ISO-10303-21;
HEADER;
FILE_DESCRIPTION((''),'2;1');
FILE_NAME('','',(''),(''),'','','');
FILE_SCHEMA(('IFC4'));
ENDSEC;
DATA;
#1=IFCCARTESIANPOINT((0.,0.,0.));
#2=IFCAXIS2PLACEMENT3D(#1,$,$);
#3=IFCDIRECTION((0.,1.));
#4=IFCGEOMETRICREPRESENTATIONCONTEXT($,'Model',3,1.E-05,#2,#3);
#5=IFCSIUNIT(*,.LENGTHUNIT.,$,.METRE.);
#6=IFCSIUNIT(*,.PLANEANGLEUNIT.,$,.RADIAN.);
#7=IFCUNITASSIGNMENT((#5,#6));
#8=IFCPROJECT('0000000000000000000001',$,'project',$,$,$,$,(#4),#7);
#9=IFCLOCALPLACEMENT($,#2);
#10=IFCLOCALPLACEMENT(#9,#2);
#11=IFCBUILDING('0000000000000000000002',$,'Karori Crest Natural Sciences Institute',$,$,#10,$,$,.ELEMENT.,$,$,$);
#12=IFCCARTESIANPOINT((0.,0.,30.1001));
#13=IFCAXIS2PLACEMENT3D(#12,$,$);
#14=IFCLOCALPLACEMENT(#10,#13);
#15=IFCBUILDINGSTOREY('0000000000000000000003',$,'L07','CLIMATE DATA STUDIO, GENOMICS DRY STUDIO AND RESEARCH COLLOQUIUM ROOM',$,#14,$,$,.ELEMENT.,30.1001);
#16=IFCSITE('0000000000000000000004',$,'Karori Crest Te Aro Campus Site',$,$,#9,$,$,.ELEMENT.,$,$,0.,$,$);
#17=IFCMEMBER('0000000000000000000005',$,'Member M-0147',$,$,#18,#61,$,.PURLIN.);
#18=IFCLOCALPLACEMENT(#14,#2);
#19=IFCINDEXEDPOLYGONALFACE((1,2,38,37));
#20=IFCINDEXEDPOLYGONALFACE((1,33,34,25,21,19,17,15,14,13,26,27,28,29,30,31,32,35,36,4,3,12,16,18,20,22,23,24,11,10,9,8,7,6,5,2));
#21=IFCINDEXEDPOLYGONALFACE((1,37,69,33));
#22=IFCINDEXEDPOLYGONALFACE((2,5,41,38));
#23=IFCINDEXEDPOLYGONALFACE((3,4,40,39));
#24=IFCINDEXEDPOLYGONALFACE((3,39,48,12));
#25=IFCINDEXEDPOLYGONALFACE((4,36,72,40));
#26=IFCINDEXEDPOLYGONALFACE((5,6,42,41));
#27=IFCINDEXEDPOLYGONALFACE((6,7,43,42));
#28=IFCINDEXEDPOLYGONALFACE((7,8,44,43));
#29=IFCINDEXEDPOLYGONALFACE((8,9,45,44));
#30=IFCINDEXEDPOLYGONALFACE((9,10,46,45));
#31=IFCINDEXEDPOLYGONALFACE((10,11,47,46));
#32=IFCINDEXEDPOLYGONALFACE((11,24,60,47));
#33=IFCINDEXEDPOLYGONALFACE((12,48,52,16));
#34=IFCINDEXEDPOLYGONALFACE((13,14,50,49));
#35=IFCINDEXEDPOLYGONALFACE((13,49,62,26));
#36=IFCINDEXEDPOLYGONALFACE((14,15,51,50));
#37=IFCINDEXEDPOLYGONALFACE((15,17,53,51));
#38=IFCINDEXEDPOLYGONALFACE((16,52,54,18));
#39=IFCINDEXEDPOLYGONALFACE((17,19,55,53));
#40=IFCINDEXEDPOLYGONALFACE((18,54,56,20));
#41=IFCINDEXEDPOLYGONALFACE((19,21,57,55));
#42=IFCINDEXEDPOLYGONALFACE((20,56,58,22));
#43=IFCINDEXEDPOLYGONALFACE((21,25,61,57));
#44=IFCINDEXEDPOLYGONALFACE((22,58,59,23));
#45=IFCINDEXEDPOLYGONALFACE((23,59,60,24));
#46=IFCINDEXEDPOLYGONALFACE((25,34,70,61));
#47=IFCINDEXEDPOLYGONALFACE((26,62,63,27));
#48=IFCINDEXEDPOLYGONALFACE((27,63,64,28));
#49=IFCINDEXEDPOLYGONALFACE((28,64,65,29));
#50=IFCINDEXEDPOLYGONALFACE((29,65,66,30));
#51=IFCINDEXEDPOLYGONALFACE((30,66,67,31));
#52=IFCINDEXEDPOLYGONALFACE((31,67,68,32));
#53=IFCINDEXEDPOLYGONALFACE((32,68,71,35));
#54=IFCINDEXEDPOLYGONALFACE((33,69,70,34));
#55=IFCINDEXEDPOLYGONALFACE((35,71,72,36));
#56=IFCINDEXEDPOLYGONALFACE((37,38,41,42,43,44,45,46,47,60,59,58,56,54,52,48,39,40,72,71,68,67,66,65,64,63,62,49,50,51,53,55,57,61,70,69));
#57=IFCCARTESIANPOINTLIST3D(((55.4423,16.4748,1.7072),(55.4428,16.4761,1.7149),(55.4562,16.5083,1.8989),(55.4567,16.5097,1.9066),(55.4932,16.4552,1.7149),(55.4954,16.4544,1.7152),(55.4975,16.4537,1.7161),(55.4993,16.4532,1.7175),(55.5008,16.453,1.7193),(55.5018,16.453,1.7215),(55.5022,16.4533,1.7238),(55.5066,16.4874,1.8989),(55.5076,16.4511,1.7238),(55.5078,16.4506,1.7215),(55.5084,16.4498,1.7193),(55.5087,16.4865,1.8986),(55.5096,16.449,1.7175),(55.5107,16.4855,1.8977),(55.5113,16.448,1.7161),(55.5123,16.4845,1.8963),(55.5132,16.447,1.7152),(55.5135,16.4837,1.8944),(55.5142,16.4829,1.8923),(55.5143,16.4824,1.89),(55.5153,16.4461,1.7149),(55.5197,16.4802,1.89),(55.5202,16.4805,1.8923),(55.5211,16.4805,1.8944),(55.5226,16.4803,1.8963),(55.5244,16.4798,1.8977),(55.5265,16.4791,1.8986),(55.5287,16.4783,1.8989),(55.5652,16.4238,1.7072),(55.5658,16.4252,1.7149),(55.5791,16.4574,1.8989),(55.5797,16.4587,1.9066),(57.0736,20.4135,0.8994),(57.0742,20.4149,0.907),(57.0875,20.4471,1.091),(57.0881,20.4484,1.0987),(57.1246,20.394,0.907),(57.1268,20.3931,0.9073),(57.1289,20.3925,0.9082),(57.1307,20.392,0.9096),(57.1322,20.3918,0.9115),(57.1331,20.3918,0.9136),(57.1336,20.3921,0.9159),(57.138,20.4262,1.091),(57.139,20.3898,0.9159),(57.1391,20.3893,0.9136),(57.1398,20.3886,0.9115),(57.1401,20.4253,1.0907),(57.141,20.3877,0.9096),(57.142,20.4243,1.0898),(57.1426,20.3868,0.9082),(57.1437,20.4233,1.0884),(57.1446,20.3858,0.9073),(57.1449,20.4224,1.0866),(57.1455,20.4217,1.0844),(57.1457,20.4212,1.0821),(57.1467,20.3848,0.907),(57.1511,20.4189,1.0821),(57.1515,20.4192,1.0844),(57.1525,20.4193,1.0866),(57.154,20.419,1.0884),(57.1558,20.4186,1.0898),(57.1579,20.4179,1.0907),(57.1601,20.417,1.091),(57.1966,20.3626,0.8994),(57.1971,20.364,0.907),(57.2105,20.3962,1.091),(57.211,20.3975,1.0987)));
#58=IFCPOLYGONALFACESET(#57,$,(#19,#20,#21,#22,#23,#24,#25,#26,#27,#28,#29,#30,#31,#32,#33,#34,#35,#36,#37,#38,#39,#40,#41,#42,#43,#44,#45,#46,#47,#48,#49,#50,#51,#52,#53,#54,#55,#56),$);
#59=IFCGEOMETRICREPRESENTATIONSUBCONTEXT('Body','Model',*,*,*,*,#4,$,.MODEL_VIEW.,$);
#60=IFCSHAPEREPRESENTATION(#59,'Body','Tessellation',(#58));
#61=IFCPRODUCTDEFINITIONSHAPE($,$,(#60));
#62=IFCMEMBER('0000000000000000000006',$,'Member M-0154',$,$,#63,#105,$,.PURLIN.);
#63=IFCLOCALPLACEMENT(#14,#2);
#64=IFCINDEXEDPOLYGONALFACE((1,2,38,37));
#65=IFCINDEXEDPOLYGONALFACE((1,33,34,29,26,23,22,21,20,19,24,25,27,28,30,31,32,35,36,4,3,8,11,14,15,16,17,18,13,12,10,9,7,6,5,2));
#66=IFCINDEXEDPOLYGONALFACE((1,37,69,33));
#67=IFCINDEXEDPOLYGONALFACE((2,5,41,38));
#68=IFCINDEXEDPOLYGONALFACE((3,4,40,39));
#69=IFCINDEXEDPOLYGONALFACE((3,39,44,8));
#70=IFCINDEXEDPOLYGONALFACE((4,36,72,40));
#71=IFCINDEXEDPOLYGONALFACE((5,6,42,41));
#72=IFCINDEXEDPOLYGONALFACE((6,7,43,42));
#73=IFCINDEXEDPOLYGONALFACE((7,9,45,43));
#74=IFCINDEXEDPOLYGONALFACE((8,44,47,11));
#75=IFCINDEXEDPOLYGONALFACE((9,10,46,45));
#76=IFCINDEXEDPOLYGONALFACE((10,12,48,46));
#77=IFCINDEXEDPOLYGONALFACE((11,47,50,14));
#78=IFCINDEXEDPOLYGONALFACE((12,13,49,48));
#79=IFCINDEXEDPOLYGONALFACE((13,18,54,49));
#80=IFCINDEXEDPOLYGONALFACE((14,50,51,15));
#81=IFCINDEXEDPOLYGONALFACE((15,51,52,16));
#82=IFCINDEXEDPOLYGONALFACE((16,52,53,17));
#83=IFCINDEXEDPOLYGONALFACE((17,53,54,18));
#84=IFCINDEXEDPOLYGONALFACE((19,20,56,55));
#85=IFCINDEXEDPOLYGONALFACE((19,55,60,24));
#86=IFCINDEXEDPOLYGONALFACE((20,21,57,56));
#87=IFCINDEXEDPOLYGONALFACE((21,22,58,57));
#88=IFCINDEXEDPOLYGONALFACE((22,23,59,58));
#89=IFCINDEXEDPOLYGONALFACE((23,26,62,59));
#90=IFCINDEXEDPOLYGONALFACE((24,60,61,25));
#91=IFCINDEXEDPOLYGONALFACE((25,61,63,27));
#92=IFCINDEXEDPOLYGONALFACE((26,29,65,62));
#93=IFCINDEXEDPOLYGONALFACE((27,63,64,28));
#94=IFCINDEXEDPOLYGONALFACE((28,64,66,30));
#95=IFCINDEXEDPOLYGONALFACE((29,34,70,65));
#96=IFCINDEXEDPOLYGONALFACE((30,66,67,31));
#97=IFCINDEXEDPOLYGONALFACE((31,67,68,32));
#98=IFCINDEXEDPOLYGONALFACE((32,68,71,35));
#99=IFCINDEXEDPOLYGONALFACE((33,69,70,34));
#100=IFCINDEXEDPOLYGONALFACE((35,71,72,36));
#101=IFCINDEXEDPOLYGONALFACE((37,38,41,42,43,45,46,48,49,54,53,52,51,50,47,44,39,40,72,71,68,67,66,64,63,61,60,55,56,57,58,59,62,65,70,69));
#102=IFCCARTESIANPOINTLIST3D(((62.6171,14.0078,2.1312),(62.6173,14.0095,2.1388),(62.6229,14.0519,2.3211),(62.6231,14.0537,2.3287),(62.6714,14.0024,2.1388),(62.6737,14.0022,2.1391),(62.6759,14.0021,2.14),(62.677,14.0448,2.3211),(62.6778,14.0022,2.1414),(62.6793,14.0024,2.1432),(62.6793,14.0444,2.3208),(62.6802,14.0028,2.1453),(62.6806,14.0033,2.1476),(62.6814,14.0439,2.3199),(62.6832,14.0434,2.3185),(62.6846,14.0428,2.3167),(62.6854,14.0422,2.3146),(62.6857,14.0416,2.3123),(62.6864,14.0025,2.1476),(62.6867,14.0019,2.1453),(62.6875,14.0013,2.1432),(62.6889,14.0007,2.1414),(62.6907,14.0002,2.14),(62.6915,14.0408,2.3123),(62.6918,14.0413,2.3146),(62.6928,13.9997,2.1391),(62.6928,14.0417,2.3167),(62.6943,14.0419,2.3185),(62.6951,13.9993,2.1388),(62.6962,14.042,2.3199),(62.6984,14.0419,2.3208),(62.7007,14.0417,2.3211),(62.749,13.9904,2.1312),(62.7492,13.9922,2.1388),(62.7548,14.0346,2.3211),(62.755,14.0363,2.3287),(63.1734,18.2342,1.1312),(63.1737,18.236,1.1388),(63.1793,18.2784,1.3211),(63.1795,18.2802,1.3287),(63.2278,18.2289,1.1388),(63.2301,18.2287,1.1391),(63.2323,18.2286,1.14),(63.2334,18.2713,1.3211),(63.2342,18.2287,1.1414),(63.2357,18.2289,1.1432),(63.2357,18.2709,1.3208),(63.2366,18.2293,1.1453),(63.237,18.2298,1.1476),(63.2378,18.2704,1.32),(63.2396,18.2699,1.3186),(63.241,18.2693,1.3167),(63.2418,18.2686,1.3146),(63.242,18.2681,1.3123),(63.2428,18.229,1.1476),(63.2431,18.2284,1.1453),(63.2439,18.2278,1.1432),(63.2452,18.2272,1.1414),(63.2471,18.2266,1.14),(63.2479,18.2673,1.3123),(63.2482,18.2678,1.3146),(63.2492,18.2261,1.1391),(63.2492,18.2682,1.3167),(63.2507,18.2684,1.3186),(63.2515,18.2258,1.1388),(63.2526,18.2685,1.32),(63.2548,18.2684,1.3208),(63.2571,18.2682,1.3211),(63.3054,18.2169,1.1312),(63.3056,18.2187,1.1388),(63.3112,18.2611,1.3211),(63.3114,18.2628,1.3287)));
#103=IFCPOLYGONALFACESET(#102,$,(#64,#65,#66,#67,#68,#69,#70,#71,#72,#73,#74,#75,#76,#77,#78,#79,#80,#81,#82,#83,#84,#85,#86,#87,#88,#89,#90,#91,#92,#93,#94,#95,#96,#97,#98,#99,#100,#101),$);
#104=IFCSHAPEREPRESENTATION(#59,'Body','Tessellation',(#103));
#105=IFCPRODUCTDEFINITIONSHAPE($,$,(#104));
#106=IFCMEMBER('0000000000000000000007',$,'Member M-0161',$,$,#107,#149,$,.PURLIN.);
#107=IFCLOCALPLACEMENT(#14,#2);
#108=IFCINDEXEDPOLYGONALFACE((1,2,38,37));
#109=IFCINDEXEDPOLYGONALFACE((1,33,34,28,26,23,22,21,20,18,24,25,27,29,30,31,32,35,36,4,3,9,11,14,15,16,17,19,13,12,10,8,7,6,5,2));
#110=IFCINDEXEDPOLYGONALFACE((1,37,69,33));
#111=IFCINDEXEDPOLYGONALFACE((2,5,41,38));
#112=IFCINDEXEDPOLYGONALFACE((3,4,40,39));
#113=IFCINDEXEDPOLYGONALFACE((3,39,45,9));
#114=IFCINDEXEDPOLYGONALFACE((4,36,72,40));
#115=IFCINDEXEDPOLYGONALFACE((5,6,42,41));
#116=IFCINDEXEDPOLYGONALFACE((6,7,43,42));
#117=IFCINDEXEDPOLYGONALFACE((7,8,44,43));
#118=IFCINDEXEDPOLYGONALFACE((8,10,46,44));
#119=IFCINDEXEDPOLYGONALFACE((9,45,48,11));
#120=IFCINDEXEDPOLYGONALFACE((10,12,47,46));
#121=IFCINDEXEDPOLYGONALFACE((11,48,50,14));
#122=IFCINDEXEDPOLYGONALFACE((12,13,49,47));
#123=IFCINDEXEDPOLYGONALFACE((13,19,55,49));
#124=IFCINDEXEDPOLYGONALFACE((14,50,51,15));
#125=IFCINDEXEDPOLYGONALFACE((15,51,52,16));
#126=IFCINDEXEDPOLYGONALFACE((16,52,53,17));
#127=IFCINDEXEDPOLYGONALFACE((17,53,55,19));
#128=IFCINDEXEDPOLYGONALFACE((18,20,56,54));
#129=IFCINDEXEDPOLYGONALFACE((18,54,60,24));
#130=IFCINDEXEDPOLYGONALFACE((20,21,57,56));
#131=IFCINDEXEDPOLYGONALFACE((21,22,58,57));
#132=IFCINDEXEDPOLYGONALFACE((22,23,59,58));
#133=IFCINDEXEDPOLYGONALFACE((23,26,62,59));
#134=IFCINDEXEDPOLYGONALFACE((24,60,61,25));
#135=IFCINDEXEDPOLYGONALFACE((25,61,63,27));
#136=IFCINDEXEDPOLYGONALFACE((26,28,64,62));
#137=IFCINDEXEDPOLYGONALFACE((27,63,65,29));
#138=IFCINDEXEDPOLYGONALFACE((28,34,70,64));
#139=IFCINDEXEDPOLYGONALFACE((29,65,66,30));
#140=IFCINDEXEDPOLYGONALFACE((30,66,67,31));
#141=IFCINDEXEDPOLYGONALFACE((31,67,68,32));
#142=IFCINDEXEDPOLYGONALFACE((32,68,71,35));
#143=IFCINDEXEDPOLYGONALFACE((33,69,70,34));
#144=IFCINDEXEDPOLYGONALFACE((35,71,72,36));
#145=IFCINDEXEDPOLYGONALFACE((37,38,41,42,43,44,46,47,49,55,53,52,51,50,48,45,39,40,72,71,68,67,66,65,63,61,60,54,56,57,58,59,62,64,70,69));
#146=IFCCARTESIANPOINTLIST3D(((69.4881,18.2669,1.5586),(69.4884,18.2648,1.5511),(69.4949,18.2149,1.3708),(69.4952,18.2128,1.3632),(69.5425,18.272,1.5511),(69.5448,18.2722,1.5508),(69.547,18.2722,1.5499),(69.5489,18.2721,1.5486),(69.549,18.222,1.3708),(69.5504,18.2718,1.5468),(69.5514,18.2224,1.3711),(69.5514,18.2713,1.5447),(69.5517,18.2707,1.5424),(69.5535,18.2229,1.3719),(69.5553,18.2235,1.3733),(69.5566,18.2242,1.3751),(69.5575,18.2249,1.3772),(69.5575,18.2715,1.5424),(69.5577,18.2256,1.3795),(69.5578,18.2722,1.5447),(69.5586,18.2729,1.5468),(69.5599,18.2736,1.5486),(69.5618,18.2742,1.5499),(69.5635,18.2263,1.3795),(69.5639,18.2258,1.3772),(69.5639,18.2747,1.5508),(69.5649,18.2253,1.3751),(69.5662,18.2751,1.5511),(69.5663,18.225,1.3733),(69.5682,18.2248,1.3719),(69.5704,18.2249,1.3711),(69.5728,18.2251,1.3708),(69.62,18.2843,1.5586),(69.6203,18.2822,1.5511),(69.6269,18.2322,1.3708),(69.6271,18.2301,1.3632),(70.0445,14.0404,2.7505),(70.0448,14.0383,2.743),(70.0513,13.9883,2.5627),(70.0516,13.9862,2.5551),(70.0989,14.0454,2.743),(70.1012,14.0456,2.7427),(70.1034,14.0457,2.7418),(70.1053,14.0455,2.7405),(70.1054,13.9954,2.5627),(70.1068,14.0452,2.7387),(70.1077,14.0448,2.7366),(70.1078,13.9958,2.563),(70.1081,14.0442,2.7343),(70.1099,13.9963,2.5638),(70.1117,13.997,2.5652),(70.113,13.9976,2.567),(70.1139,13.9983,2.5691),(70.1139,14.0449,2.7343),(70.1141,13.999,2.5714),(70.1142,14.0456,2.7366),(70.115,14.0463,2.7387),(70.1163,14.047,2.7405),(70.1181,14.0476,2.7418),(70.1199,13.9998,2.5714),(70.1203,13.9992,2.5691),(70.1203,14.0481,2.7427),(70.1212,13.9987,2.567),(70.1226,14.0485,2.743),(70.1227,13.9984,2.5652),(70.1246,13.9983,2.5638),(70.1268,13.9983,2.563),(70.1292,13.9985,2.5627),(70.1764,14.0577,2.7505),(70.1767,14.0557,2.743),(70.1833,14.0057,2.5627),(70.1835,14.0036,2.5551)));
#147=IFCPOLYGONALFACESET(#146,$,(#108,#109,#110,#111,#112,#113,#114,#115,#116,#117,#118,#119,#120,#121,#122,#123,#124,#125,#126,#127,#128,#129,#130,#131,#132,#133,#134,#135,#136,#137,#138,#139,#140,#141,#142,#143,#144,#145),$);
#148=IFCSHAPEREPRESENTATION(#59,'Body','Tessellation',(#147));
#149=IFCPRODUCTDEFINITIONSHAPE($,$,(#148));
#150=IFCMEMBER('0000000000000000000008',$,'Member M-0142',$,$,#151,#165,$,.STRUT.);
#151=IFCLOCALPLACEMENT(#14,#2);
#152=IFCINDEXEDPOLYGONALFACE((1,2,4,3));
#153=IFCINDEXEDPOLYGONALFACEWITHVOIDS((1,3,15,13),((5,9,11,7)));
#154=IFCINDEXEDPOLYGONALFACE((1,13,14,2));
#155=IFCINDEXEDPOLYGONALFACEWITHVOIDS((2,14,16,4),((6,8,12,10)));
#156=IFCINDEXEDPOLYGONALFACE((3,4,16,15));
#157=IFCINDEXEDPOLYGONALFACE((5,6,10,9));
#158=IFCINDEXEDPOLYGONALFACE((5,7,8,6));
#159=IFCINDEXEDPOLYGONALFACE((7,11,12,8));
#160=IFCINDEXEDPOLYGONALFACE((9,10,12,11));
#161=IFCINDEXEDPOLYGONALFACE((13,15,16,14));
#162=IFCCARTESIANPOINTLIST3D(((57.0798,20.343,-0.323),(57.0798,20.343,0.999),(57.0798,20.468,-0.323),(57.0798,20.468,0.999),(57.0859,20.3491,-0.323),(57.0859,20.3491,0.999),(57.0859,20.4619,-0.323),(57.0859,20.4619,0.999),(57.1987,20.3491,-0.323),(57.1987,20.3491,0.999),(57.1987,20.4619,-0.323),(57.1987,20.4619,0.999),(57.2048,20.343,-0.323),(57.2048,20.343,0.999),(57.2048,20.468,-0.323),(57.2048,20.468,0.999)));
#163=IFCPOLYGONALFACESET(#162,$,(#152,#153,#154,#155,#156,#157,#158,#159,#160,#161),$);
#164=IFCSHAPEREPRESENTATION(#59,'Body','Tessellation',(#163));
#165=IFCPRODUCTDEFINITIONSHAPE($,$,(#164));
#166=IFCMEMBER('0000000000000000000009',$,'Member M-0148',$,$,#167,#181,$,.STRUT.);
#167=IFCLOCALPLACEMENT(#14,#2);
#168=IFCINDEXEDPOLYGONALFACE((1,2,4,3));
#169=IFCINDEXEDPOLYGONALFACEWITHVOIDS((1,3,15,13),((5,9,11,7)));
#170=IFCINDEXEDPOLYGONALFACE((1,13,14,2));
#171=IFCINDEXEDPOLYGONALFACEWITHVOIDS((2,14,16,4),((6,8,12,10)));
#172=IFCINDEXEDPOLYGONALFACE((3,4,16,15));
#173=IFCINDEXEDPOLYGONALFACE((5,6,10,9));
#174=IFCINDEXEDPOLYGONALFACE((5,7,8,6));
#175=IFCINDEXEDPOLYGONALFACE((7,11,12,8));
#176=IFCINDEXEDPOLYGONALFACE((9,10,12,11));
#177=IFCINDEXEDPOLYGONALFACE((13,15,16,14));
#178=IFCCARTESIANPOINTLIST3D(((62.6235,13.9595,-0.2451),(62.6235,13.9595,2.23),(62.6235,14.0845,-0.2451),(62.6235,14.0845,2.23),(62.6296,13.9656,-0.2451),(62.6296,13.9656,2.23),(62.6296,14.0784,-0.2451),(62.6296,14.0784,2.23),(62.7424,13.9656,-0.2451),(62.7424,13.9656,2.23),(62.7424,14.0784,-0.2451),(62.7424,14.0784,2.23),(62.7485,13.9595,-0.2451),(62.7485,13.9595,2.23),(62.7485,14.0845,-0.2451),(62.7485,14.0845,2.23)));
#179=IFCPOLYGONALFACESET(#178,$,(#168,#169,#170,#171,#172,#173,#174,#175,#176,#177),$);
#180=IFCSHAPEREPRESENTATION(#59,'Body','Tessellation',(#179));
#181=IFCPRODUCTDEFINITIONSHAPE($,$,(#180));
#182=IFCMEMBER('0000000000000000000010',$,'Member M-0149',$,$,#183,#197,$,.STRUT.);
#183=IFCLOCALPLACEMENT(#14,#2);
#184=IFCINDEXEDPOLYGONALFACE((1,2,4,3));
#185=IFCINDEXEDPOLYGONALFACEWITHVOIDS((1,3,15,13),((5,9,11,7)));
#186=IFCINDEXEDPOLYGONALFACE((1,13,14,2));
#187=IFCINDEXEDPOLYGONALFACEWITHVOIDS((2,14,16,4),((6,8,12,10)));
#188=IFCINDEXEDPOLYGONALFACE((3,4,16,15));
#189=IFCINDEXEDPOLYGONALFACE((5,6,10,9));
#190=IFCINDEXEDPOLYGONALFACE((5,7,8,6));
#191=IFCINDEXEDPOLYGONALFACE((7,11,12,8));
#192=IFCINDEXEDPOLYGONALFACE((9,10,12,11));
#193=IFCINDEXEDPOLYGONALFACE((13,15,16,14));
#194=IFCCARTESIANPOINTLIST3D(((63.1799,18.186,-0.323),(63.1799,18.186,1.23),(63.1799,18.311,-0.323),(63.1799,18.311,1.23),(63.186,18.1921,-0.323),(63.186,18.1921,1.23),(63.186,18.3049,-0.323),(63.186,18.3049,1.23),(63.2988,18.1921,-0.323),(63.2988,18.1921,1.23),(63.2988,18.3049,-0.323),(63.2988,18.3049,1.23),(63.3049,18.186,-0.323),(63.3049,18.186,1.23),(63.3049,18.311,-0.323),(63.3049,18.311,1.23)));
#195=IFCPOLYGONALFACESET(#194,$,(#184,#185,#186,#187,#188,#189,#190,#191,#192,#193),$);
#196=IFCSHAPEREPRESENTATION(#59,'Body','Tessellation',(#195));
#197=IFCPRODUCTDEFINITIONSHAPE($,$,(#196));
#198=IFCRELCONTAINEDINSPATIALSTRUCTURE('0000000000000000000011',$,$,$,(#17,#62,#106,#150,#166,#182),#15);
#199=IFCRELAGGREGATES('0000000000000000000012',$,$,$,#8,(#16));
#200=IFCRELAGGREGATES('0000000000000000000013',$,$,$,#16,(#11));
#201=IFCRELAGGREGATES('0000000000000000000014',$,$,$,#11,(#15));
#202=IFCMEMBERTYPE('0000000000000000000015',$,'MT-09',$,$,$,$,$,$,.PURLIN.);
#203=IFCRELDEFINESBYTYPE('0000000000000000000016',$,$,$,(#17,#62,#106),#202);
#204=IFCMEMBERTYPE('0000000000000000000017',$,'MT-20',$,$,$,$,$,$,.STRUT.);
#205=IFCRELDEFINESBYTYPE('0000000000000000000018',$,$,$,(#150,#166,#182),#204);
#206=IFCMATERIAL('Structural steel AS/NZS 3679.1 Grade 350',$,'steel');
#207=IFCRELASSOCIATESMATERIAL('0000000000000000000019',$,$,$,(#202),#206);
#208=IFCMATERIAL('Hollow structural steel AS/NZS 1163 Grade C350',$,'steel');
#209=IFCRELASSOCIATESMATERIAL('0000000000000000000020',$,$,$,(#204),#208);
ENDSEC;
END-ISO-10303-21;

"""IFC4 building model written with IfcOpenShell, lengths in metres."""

from ifc_helpers import new_model, si_unit, direction, frame, origin, origin_2d, place, context, subcontext, project, spatial, hollow_rectangle, i_section, extrude, material, material_profile, profile_set, type_object, element, save


model = new_model("IFC4")

# Units and contexts
model_context = context("Model", 3, precision=1e-05, world=origin(), true_north=direction((0.0, 1.0)))
body_context = subcontext(model_context, "Body", "Model", "MODEL_VIEW")
ifc_project = project(units=[si_unit("LENGTHUNIT", "METRE"), si_unit("PLANEANGLEUNIT", "RADIAN")], contexts=[model_context])

# Site, building, storey
site_placement = place(None, origin())
site = spatial("IfcSite", under=ifc_project, at=site_placement, Name="Karori Crest Te Aro Campus Site", CompositionType="ELEMENT", RefElevation=0.0)
building_placement = place(site_placement, origin())
building = spatial("IfcBuilding", under=site, at=building_placement, Name="Karori Crest Natural Sciences Institute", CompositionType="ELEMENT")
storey_placement = place(building_placement, frame((0.0, 0.0, 30.1001)))
storey = spatial("IfcBuildingStorey", under=building, at=storey_placement, Name="L07", Description="CLIMATE DATA STUDIO, GENOMICS DRY STUDIO AND RESEARCH COLLOQUIUM ROOM", CompositionType="ELEMENT", Elevation=30.1001)

# Members
ifc_material_1 = material(Name="Structural steel AS/NZS 3679.1 Grade 350", Category="steel")
ifc_material_profile_1 = material_profile(ifc_material_1, i_section(OverallWidth=0.1331, OverallDepth=0.2029, WebThickness=0.0059, FlangeThickness=0.0078, FilletRadius=0.009, at=origin_2d()), Name="200UB25.4")
ifc_profile_set_1 = profile_set([ifc_material_profile_1], Name="Structural steel AS/NZS 3679.1 Grade 350")
member_type_1 = type_object("IfcMemberType", Name="MT-09", PredefinedType="PURLIN", material=ifc_profile_set_1)
member_1_placement = place(storey_placement, frame((57.1423, 20.4055, 0.999), z_axis=(-0.375968, -0.907736, 0.186183), x_axis=(0.92389, -0.382659, 0.0)))
element("IfcMember", 1, at=member_1_placement, inside=storey, type_object=member_type_1, Name="Member M-0147", PredefinedType="PURLIN", context=body_context, shape_type="SweptSolid", body=[
    extrude(i_section(OverallWidth=0.1331, OverallDepth=0.2029, WebThickness=0.0059, FlangeThickness=0.0078, FilletRadius=0.009, at=origin_2d()), origin(), (0.0, 0.0, 1.0), 4.3391),
])
member_2_placement = place(storey_placement, frame((63.2424, 18.2485, 1.23), z_axis=(-0.127068, -0.965245, 0.228376), x_axis=(0.991446, -0.130517, 0.0)))
element("IfcMember", 2, at=member_2_placement, inside=storey, type_object=member_type_1, Name="Member M-0154", PredefinedType="PURLIN", context=body_context, shape_type="SweptSolid", body=[
    extrude(i_section(OverallWidth=0.1331, OverallDepth=0.2029, WebThickness=0.0059, FlangeThickness=0.0078, FilletRadius=0.009, at=origin_2d()), origin(), (0.0, 0.0, 1.0), 4.3787),
])
member_3_placement = place(storey_placement, frame((69.5576, 18.2485, 1.4609), z_axis=(0.125696, -0.954829, 0.269263), x_axis=(0.991446, 0.130517, 0.0)))
element("IfcMember", 3, at=member_3_placement, inside=storey, type_object=member_type_1, Name="Member M-0161", PredefinedType="PURLIN", context=body_context, shape_type="SweptSolid", body=[
    extrude(i_section(OverallWidth=0.1331, OverallDepth=0.2029, WebThickness=0.0059, FlangeThickness=0.0078, FilletRadius=0.009, at=origin_2d()), origin(), (0.0, 0.0, 1.0), 4.4265),
])
ifc_material_2 = material(Name="Hollow structural steel AS/NZS 1163 Grade C350", Category="steel")
ifc_material_profile_2 = material_profile(ifc_material_2, hollow_rectangle(XDim=0.125, YDim=0.125, WallThickness=0.0061, at=origin_2d()), Name="SHS125x125x6")
ifc_profile_set_2 = profile_set([ifc_material_profile_2], Name="Hollow structural steel AS/NZS 1163 Grade C350")
member_type_2 = type_object("IfcMemberType", Name="MT-20", PredefinedType="STRUT", material=ifc_profile_set_2)
member_4_placement = place(storey_placement, frame((57.1423, 20.4055, -0.323), z_axis=(0.0, 0.0, 1.0), x_axis=(1.0, 0.0, 0.0)))
element("IfcMember", 4, at=member_4_placement, inside=storey, type_object=member_type_2, Name="Member M-0142", PredefinedType="STRUT", context=body_context, shape_type="SweptSolid", body=[
    extrude(hollow_rectangle(XDim=0.125, YDim=0.125, WallThickness=0.0061, at=origin_2d()), origin(), (0.0, 0.0, 1.0), 1.322),
])
member_5_placement = place(storey_placement, frame((62.686, 14.022, -0.2451), z_axis=(0.0, 0.0, 1.0), x_axis=(1.0, 0.0, 0.0)))
element("IfcMember", 5, at=member_5_placement, inside=storey, type_object=member_type_2, Name="Member M-0148", PredefinedType="STRUT", context=body_context, shape_type="SweptSolid", body=[
    extrude(hollow_rectangle(XDim=0.125, YDim=0.125, WallThickness=0.0061, at=origin_2d()), origin(), (0.0, 0.0, 1.0), 2.4751),
])
member_6_placement = place(storey_placement, frame((63.2424, 18.2485, -0.323), z_axis=(0.0, 0.0, 1.0), x_axis=(1.0, 0.0, 0.0)))
element("IfcMember", 6, at=member_6_placement, inside=storey, type_object=member_type_2, Name="Member M-0149", PredefinedType="STRUT", context=body_context, shape_type="SweptSolid", body=[
    extrude(hollow_rectangle(XDim=0.125, YDim=0.125, WallThickness=0.0061, at=origin_2d()), origin(), (0.0, 0.0, 1.0), 1.553),
])

save(model, "model.ifc")
